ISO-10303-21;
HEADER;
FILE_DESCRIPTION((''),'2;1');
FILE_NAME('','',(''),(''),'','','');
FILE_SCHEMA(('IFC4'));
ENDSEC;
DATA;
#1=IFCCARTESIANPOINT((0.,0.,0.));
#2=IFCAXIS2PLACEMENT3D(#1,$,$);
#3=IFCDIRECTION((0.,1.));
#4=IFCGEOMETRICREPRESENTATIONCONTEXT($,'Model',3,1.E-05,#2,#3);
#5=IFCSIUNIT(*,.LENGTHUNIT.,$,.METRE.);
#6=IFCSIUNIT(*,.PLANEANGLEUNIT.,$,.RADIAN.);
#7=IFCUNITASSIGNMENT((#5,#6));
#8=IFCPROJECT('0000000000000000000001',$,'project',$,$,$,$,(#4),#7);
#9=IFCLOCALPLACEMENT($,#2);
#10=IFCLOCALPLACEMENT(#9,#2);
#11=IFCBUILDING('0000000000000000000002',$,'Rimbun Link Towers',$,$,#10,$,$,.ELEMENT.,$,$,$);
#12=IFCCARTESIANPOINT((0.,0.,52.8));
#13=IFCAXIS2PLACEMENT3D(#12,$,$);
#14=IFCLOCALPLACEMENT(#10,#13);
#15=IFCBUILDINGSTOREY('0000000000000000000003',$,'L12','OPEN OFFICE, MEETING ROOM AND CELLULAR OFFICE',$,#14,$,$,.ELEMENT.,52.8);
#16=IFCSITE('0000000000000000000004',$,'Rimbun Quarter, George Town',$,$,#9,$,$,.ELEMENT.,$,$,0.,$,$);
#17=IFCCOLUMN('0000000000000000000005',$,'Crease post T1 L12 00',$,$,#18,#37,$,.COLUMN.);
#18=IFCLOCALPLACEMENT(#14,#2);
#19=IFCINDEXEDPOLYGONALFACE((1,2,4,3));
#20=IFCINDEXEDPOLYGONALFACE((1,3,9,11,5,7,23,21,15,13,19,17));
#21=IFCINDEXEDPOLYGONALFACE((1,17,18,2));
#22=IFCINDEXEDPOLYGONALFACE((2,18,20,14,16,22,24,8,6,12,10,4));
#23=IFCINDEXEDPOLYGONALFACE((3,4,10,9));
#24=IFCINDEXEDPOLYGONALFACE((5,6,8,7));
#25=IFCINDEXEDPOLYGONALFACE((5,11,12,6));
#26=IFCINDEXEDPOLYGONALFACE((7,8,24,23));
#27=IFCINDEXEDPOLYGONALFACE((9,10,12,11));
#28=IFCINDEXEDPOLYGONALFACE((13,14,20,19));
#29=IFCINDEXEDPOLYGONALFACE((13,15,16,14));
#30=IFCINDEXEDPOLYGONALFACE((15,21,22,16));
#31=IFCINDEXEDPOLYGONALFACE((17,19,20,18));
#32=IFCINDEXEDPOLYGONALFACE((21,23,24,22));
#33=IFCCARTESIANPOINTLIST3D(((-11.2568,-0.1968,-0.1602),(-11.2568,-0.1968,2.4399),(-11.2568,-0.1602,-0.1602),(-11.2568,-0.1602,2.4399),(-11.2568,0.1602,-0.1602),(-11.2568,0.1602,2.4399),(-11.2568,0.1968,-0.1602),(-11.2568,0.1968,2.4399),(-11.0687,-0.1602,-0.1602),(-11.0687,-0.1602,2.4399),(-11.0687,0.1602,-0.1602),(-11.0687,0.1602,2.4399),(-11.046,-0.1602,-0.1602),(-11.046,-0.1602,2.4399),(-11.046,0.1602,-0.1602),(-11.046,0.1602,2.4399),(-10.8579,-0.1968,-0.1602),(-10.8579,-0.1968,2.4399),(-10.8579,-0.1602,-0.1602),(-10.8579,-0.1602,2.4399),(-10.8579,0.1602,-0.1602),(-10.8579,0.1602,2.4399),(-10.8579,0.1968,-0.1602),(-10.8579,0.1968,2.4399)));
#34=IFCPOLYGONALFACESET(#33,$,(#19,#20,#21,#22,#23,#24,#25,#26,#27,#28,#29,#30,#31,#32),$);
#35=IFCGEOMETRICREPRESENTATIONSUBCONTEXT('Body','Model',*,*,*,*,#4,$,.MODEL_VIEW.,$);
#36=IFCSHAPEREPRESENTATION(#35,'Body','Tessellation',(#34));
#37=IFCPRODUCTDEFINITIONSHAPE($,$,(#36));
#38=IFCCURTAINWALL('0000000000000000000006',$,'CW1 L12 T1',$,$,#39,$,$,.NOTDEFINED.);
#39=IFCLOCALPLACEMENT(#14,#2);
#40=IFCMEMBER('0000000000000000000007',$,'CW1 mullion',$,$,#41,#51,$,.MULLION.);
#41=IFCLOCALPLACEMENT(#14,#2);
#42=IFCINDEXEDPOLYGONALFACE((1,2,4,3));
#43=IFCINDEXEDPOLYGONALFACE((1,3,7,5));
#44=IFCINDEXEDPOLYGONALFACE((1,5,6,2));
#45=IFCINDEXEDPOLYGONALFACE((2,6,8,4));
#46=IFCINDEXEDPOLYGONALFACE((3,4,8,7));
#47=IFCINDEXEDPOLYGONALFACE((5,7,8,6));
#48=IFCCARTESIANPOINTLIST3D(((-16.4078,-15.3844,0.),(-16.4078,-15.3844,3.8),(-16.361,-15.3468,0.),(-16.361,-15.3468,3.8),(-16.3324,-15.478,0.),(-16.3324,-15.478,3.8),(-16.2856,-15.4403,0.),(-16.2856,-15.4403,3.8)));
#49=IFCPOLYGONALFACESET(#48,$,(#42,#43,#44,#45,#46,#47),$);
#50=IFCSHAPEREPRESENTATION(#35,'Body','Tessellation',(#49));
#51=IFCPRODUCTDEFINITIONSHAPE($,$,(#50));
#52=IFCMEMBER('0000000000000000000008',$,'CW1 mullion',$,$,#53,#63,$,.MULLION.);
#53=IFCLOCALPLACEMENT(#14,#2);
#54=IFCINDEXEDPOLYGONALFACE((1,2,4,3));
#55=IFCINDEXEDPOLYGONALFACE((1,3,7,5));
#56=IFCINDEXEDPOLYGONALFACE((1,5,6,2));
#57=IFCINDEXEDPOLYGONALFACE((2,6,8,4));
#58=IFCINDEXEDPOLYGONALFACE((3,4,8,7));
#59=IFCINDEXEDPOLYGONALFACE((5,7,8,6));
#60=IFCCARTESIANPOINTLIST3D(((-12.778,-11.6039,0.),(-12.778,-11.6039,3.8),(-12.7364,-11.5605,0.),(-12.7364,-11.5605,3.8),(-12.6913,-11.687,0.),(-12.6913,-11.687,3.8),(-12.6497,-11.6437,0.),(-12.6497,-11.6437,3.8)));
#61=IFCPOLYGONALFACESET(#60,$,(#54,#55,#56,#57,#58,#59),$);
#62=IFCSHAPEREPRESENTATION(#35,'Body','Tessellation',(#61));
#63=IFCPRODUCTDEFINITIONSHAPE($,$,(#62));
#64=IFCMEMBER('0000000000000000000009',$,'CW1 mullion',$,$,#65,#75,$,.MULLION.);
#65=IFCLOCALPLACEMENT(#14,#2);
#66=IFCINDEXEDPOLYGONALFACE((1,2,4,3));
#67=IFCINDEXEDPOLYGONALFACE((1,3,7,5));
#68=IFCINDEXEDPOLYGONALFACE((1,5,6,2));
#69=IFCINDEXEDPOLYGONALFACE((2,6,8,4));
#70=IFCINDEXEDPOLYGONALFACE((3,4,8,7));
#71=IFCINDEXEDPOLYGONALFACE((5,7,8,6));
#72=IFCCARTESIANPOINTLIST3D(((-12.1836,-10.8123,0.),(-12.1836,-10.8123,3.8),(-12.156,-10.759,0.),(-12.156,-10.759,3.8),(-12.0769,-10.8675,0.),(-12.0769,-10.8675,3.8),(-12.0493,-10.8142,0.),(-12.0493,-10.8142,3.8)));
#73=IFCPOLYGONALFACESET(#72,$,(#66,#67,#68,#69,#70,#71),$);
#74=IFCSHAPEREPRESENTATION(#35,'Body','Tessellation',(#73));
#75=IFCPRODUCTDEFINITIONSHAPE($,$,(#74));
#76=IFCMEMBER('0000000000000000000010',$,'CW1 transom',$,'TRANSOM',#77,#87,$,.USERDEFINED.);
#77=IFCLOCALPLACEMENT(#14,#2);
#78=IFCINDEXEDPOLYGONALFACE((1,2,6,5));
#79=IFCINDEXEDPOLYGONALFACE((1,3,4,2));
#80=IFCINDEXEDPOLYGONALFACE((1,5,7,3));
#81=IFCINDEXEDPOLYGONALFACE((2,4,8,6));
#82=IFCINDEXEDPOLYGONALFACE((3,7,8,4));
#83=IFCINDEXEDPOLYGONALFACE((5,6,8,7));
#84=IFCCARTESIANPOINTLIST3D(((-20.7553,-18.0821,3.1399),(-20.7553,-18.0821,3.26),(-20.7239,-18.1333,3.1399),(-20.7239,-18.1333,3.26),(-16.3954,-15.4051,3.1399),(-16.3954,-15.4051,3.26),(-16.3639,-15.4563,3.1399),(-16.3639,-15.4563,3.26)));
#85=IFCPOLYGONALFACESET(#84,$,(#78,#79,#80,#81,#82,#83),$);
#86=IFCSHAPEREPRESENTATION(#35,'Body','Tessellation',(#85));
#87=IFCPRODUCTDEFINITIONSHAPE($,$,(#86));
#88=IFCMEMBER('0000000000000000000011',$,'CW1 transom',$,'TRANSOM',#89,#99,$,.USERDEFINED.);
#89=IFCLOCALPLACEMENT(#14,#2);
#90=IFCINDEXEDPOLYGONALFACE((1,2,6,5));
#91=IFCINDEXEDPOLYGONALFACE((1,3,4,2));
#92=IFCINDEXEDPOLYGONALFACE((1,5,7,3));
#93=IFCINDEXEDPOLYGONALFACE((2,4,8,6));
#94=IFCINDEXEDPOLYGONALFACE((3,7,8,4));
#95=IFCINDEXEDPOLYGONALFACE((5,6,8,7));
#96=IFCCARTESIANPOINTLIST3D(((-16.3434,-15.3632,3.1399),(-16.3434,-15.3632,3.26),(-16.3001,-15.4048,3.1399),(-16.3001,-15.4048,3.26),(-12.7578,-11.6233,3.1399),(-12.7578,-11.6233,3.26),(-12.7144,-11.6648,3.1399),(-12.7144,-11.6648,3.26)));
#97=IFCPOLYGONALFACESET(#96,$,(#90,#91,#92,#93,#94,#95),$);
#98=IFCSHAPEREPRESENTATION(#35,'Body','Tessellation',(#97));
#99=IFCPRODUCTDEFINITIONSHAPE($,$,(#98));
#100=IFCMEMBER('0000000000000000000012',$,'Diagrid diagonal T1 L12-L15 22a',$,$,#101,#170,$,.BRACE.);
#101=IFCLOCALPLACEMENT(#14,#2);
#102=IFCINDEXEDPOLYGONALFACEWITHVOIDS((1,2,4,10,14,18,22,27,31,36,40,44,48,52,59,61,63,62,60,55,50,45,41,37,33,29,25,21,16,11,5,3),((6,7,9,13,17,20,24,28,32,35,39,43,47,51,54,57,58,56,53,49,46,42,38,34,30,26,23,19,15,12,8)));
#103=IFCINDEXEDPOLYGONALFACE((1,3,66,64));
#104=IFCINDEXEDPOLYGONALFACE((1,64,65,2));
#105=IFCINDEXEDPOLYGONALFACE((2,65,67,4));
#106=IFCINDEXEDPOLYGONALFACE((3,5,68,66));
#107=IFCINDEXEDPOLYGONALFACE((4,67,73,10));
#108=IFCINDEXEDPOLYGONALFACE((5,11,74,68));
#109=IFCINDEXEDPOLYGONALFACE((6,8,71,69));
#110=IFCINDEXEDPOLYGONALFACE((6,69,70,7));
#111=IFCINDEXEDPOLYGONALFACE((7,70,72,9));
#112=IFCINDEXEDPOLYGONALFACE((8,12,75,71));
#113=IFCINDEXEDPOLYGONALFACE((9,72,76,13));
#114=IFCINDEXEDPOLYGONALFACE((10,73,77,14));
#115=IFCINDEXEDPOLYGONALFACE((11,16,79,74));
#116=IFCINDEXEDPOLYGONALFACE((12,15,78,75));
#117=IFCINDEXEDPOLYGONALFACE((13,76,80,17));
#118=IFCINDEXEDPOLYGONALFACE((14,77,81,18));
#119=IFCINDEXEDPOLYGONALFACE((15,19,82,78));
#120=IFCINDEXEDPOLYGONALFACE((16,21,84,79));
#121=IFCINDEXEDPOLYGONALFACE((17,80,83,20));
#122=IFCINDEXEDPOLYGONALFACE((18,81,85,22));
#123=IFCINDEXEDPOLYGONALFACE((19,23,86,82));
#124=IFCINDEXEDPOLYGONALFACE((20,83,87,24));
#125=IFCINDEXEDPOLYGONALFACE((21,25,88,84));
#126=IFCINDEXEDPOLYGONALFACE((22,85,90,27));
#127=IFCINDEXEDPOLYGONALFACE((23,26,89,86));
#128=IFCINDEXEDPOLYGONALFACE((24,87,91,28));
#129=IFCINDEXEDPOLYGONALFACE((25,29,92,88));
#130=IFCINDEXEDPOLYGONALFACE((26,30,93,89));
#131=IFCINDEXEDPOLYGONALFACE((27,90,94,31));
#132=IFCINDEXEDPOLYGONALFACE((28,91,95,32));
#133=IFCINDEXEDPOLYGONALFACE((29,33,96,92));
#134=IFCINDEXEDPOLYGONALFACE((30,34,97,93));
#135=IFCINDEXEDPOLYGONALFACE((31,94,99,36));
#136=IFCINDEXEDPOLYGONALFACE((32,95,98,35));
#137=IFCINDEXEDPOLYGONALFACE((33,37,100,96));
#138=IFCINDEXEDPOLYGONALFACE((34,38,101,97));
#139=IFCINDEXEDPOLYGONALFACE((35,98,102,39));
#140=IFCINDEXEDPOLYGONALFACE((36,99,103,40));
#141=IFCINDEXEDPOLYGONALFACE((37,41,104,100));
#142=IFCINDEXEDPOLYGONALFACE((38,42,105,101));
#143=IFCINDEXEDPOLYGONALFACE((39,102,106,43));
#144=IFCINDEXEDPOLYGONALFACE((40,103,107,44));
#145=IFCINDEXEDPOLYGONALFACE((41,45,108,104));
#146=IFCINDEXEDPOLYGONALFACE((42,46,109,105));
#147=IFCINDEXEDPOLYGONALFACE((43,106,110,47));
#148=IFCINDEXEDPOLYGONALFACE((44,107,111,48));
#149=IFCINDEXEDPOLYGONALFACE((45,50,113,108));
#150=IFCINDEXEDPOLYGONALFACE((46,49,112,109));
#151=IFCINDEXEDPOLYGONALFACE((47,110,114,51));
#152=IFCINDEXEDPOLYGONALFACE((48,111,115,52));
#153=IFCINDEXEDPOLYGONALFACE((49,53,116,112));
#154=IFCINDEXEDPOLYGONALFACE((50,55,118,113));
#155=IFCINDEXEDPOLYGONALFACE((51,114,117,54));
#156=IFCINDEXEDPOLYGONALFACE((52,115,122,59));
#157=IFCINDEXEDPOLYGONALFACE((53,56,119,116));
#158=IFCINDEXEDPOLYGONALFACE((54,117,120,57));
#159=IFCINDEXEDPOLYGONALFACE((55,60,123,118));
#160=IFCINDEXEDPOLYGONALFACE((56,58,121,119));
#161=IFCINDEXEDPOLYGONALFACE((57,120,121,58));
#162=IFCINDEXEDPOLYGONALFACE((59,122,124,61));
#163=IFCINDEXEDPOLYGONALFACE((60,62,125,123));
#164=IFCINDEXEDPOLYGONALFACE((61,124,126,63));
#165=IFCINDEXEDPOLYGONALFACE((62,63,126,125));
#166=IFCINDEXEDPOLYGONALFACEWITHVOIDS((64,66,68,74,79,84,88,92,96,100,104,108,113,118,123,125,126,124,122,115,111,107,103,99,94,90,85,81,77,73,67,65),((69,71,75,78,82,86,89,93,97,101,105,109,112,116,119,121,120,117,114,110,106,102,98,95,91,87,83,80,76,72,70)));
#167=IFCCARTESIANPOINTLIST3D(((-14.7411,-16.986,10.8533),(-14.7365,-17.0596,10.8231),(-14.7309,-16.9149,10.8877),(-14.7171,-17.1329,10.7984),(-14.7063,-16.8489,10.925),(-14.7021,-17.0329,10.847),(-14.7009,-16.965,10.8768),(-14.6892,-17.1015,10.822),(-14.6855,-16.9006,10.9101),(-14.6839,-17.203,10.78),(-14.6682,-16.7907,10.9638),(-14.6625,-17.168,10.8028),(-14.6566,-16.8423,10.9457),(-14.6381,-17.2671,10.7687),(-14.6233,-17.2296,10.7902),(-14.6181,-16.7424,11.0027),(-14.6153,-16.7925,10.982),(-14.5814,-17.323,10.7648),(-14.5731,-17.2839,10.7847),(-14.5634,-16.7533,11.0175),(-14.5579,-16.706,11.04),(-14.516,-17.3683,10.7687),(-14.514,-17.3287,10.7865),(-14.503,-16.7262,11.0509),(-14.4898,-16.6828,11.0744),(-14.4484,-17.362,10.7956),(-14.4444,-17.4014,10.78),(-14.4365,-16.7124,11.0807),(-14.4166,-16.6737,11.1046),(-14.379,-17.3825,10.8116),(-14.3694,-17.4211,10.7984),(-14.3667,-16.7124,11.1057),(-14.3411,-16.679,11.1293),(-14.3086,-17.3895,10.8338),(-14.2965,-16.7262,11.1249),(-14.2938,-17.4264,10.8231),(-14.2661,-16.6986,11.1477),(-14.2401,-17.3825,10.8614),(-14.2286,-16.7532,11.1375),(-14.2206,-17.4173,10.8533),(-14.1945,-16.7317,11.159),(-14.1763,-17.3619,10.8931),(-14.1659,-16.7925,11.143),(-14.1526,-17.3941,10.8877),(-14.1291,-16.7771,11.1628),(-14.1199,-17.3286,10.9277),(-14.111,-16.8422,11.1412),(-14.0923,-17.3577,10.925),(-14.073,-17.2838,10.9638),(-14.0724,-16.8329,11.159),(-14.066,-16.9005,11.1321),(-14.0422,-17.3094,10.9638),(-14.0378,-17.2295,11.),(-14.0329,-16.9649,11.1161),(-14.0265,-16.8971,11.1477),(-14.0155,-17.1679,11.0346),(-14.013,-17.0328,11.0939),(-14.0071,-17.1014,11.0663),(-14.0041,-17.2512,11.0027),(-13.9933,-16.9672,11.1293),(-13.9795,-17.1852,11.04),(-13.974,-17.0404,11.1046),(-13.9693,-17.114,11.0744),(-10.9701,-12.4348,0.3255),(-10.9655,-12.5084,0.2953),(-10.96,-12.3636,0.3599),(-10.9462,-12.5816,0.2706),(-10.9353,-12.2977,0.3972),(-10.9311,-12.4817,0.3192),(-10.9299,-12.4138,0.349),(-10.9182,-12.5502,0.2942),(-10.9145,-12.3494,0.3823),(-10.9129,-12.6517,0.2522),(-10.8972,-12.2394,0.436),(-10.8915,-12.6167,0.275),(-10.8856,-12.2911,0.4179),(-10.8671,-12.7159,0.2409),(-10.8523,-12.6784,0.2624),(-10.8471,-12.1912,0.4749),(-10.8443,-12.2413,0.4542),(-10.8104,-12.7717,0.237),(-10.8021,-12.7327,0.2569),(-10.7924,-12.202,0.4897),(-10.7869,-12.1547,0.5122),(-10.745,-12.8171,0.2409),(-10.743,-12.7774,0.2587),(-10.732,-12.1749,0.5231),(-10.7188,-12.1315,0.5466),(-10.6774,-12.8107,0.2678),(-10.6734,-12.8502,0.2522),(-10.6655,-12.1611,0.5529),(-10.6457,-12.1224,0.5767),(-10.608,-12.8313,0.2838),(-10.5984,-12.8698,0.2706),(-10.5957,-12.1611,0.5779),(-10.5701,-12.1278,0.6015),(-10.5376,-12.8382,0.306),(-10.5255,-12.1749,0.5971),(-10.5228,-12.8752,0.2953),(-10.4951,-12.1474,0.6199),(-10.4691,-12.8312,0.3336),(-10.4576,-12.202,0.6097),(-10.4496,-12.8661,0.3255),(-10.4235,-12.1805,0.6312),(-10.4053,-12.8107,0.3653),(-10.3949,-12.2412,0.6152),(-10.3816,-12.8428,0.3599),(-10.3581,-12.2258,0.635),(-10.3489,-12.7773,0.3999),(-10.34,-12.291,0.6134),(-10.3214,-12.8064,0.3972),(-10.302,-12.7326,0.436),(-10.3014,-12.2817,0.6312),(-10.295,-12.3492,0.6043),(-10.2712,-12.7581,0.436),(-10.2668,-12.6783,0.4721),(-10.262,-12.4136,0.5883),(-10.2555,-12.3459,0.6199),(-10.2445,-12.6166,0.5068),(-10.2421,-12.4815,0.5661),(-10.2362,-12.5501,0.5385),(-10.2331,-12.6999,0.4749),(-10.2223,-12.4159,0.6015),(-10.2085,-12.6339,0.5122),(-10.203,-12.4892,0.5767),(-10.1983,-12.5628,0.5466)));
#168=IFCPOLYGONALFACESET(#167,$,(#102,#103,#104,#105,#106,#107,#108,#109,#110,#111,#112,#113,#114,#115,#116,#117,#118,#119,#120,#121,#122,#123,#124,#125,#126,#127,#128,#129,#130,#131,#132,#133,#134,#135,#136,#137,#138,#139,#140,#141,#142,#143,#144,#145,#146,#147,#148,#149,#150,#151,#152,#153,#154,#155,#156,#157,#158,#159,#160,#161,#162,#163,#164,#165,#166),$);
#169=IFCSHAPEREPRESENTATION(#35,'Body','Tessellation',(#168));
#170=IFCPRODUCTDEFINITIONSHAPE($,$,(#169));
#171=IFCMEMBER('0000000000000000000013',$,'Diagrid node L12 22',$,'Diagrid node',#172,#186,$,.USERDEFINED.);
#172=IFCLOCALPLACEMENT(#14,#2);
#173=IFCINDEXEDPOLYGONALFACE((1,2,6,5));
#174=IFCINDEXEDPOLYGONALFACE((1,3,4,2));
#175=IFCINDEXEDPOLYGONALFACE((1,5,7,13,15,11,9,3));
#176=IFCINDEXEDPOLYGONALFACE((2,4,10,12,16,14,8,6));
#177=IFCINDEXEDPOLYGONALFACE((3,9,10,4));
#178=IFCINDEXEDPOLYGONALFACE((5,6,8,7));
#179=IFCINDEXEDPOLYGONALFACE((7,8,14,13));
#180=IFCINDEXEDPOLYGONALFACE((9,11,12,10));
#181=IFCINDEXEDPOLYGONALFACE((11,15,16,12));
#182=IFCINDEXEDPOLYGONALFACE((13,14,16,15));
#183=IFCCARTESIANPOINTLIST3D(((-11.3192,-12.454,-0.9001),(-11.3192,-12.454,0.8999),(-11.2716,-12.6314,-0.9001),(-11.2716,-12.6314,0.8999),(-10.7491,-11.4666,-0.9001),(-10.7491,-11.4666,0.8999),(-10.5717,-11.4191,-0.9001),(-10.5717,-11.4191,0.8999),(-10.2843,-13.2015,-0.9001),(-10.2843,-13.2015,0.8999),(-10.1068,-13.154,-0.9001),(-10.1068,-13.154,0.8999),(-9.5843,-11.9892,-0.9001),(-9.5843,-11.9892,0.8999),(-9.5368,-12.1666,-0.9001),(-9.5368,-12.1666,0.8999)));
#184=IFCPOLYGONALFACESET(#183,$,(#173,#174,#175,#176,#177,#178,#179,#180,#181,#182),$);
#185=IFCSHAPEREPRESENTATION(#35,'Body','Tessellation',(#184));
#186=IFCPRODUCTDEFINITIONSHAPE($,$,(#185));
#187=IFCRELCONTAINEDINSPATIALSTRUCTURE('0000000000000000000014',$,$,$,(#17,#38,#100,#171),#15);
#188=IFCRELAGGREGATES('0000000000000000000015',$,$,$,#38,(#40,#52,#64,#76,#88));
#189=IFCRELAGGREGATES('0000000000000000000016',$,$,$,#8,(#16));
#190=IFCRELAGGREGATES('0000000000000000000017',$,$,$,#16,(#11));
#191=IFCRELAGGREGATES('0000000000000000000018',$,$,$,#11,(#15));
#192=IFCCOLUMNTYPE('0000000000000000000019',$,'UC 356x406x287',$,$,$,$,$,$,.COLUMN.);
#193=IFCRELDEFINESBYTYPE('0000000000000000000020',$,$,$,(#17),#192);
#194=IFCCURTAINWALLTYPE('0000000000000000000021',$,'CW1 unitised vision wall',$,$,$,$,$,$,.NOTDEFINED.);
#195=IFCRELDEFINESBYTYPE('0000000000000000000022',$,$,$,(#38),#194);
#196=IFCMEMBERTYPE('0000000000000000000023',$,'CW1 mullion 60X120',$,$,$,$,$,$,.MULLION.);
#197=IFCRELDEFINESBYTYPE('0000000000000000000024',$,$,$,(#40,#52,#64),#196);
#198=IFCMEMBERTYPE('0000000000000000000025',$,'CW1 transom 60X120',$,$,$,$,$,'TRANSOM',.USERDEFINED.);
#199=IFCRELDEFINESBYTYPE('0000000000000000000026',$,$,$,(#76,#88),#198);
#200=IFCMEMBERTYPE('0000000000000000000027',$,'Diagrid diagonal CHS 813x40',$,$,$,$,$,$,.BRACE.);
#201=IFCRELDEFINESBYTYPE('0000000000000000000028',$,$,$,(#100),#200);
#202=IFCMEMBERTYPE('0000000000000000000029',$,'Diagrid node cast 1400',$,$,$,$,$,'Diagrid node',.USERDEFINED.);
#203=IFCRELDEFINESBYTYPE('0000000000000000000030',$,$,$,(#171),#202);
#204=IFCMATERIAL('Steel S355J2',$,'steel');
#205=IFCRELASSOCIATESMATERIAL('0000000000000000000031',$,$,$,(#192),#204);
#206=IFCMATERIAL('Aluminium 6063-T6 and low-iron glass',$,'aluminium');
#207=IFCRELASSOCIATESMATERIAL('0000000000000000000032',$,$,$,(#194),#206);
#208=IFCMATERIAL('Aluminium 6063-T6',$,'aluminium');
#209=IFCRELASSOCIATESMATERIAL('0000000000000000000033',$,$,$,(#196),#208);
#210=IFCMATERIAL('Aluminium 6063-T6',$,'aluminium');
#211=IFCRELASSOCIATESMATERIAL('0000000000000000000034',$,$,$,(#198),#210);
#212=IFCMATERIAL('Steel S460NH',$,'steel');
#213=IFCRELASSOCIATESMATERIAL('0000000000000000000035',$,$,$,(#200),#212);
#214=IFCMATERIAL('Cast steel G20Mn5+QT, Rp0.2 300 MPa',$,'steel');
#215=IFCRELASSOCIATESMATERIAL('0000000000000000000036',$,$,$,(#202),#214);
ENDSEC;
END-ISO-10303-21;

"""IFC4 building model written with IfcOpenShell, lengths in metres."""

from ifc_helpers import new_model, si_unit, direction, frame, origin, origin_2d, place, context, subcontext, project, spatial, polyline, rectangle, hollow_circle, i_section, outline, extrude, material, material_profile, profile_set, type_object, element, aggregate, save


model = new_model("IFC4")

# Units and contexts
model_context = context("Model", 3, precision=1e-05, world=origin(), true_north=direction((0.0, 1.0)))
body_context = subcontext(model_context, "Body", "Model", "MODEL_VIEW")
ifc_project = project(units=[si_unit("LENGTHUNIT", "METRE"), si_unit("PLANEANGLEUNIT", "RADIAN")], contexts=[model_context])

# Site, building, storey
site_placement = place(None, origin())
site = spatial("IfcSite", under=ifc_project, at=site_placement, Name="Rimbun Quarter, George Town", CompositionType="ELEMENT", RefElevation=0.0)
building_placement = place(site_placement, origin())
building = spatial("IfcBuilding", under=site, at=building_placement, Name="Rimbun Link Towers", CompositionType="ELEMENT")
storey_placement = place(building_placement, frame((0.0, 0.0, 52.8)))
storey = spatial("IfcBuildingStorey", under=building, at=storey_placement, Name="L12", Description="OPEN OFFICE, MEETING ROOM AND CELLULAR OFFICE", CompositionType="ELEMENT", Elevation=52.8)

# Column
ifc_material_1 = material(Name="Steel S355J2", Category="steel")
ifc_material_profile_1 = material_profile(ifc_material_1, i_section(OverallWidth=0.3989, OverallDepth=0.3936, WebThickness=0.0227, FlangeThickness=0.0366, at=origin_2d()), Name="UC 356x406x287")
ifc_profile_set_1 = profile_set([ifc_material_profile_1], Name="Steel S355J2")
column_type = type_object("IfcColumnType", Name="UC 356x406x287", PredefinedType="COLUMN", material=ifc_profile_set_1)
column_placement = place(storey_placement, frame((-11.0574, 0.0, -0.1602), z_axis=(0.0, 0.0, 1.0), x_axis=(1.0, 0.0, 0.0)))
element("IfcColumn", 1, at=column_placement, inside=storey, type_object=column_type, Name="Crease post T1 L12 00", PredefinedType="COLUMN", context=body_context, shape_type="SweptSolid", body=[
    extrude(i_section(OverallWidth=0.3989, OverallDepth=0.3936, WebThickness=0.0227, FlangeThickness=0.0366, at=origin_2d()), origin(), (0.0, 0.0, 1.0), 2.6001),
])

# Curtain wall, members
ifc_material_2 = material(Name="Aluminium 6063-T6 and low-iron glass", Category="aluminium")
curtain_wall_type = type_object("IfcCurtainWallType", Name="CW1 unitised vision wall", PredefinedType="NOTDEFINED", material=ifc_material_2)
curtain_wall_placement = place(storey_placement, origin())
curtain_wall = element("IfcCurtainWall", 2, at=curtain_wall_placement, inside=storey, type_object=curtain_wall_type, Name="CW1 L12 T1", PredefinedType="NOTDEFINED")
ifc_material_3 = material(Name="Aluminium 6063-T6", Category="aluminium")
ifc_material_profile_2 = material_profile(ifc_material_3, rectangle(XDim=0.1201, YDim=0.0601, at=origin_2d()), Name="MULLION 60X120")
ifc_profile_set_2 = profile_set([ifc_material_profile_2], Name="Aluminium 6063-T6")
member_type_1 = type_object("IfcMemberType", Name="CW1 mullion 60X120", PredefinedType="MULLION", material=ifc_profile_set_2)
member_1_placement = place(storey_placement, frame((-16.3467, -15.4124, 0.0), z_axis=(0.0, 0.0, 1.0), x_axis=(0.627666, -0.778483, 0.0)))
member_1 = element("IfcMember", 3, at=member_1_placement, type_object=member_type_1, Name="CW1 mullion", PredefinedType="MULLION", context=body_context, shape_type="SweptSolid", body=[
    extrude(rectangle(XDim=0.1201, YDim=0.0601, at=origin_2d()), origin(), (0.0, 0.0, 1.0), 3.8),
])
member_2_placement = place(storey_placement, frame((-12.7139, -11.6238, 0.0), z_axis=(0.0, 0.0, 1.0), x_axis=(0.721835, -0.692065, 0.0)))
member_2 = element("IfcMember", 4, at=member_2_placement, type_object=member_type_1, Name="CW1 mullion", PredefinedType="MULLION", context=body_context, shape_type="SweptSolid", body=[
    extrude(rectangle(XDim=0.1201, YDim=0.0601, at=origin_2d()), origin(), (0.0, 0.0, 1.0), 3.8),
])
member_3_placement = place(storey_placement, frame((-12.1165, -10.8132, 0.0), z_axis=(0.0, 0.0, 1.0), x_axis=(0.888157, -0.459541, 0.0)))
member_3 = element("IfcMember", 5, at=member_3_placement, type_object=member_type_1, Name="CW1 mullion", PredefinedType="MULLION", context=body_context, shape_type="SweptSolid", body=[
    extrude(rectangle(XDim=0.1201, YDim=0.0601, at=origin_2d()), origin(), (0.0, 0.0, 1.0), 3.8),
])
ifc_material_4 = material(Name="Aluminium 6063-T6", Category="aluminium")
ifc_material_profile_3 = material_profile(ifc_material_4, rectangle(XDim=0.0601, YDim=0.1201, at=origin_2d()), Name="TRANSOM 60X120")
ifc_profile_set_3 = profile_set([ifc_material_profile_3], Name="Aluminium 6063-T6")
member_type_2 = type_object("IfcMemberType", Name="CW1 transom 60X120", ElementType="TRANSOM", PredefinedType="USERDEFINED", material=ifc_profile_set_3)
member_4_placement = place(storey_placement, frame((-16.3796, -15.4307, 3.2), z_axis=(-0.852181, -0.523248, 0.0), x_axis=(0.523248, -0.852181, 0.0)))
member_4 = element("IfcMember", 6, at=member_4_placement, type_object=member_type_2, Name="CW1 transom", ObjectType="TRANSOM", PredefinedType="USERDEFINED", context=body_context, shape_type="SweptSolid", body=[
    extrude(rectangle(XDim=0.0601, YDim=0.1201, at=origin_2d()), origin(), (0.0, 0.0, 1.0), 5.1162),
])
member_5_placement = place(storey_placement, frame((-12.7361, -11.644, 3.2), z_axis=(-0.69206, -0.72184, 0.0), x_axis=(0.72184, -0.69206, 0.0)))
member_5 = element("IfcMember", 7, at=member_5_placement, type_object=member_type_2, Name="CW1 transom", ObjectType="TRANSOM", PredefinedType="USERDEFINED", context=body_context, shape_type="SweptSolid", body=[
    extrude(rectangle(XDim=0.0601, YDim=0.1201, at=origin_2d()), origin(), (0.0, 0.0, 1.0), 5.1812),
])

# Members
ifc_material_5 = material(Name="Steel S460NH", Category="steel")
ifc_material_profile_4 = material_profile(ifc_material_5, hollow_circle(Radius=0.4065, WallThickness=0.04, at=origin_2d()), Name="Diagrid diagonal CHS 813x40")
ifc_profile_set_4 = profile_set([ifc_material_profile_4], Name="Steel S460NH")
member_type_3 = type_object("IfcMemberType", Name="Diagrid diagonal CHS 813x40", PredefinedType="BRACE", material=ifc_profile_set_4)
member_6_placement = place(storey_placement, frame((-10.5842, -12.4988, 0.436), z_axis=(-0.312336, -0.376963, 0.871978), x_axis=(0.770026, -0.638012, 0.0)))
element("IfcMember", 8, at=member_6_placement, inside=storey, type_object=member_type_3, Name="Diagrid diagonal T1 L12-L15 22a", PredefinedType="BRACE", context=body_context, shape_type="SweptSolid", body=[
    extrude(hollow_circle(Radius=0.4065, WallThickness=0.04, at=origin_2d()), origin(), (0.0, 0.0, 1.0), 12.0735),
])
ifc_material_6 = material(Name="Cast steel G20Mn5+QT, Rp0.2 300 MPa", Category="steel")
ifc_material_profile_5 = material_profile(ifc_material_6, outline(polyline([(0.7, -0.5701), (0.7, 0.5701), (0.5701, 0.7), (-0.5701, 0.7), (-0.7, 0.5701), (-0.7, -0.5701), (-0.5701, -0.7), (0.5701, -0.7), (0.7, -0.5701)])), Name="NODE 1400x1400")
ifc_profile_set_5 = profile_set([ifc_material_profile_5], Name="Cast steel G20Mn5+QT, Rp0.2 300 MPa")
member_type_4 = type_object("IfcMemberType", Name="Diagrid node cast 1400", ElementType="Diagrid node", PredefinedType="USERDEFINED", material=ifc_profile_set_5)
member_7_placement = place(storey_placement, frame((-10.428, -12.3103, -0.9001), z_axis=(0.0, 0.0, 1.0), x_axis=(0.866025, -0.5, 0.0)))
element("IfcMember", 9, at=member_7_placement, inside=storey, type_object=member_type_4, Name="Diagrid node L12 22", ObjectType="Diagrid node", PredefinedType="USERDEFINED", context=body_context, shape_type="SweptSolid", body=[
    extrude(outline(polyline([(0.7, -0.5701), (0.7, 0.5701), (0.5701, 0.7), (-0.5701, 0.7), (-0.7, 0.5701), (-0.7, -0.5701), (-0.5701, -0.7), (0.5701, -0.7), (0.7, -0.5701)])), origin(), (0.0, 0.0, 1.0), 1.8),
])

aggregate(curtain_wall, [member_1, member_2, member_3, member_4, member_5])

save(model, "model.ifc")
